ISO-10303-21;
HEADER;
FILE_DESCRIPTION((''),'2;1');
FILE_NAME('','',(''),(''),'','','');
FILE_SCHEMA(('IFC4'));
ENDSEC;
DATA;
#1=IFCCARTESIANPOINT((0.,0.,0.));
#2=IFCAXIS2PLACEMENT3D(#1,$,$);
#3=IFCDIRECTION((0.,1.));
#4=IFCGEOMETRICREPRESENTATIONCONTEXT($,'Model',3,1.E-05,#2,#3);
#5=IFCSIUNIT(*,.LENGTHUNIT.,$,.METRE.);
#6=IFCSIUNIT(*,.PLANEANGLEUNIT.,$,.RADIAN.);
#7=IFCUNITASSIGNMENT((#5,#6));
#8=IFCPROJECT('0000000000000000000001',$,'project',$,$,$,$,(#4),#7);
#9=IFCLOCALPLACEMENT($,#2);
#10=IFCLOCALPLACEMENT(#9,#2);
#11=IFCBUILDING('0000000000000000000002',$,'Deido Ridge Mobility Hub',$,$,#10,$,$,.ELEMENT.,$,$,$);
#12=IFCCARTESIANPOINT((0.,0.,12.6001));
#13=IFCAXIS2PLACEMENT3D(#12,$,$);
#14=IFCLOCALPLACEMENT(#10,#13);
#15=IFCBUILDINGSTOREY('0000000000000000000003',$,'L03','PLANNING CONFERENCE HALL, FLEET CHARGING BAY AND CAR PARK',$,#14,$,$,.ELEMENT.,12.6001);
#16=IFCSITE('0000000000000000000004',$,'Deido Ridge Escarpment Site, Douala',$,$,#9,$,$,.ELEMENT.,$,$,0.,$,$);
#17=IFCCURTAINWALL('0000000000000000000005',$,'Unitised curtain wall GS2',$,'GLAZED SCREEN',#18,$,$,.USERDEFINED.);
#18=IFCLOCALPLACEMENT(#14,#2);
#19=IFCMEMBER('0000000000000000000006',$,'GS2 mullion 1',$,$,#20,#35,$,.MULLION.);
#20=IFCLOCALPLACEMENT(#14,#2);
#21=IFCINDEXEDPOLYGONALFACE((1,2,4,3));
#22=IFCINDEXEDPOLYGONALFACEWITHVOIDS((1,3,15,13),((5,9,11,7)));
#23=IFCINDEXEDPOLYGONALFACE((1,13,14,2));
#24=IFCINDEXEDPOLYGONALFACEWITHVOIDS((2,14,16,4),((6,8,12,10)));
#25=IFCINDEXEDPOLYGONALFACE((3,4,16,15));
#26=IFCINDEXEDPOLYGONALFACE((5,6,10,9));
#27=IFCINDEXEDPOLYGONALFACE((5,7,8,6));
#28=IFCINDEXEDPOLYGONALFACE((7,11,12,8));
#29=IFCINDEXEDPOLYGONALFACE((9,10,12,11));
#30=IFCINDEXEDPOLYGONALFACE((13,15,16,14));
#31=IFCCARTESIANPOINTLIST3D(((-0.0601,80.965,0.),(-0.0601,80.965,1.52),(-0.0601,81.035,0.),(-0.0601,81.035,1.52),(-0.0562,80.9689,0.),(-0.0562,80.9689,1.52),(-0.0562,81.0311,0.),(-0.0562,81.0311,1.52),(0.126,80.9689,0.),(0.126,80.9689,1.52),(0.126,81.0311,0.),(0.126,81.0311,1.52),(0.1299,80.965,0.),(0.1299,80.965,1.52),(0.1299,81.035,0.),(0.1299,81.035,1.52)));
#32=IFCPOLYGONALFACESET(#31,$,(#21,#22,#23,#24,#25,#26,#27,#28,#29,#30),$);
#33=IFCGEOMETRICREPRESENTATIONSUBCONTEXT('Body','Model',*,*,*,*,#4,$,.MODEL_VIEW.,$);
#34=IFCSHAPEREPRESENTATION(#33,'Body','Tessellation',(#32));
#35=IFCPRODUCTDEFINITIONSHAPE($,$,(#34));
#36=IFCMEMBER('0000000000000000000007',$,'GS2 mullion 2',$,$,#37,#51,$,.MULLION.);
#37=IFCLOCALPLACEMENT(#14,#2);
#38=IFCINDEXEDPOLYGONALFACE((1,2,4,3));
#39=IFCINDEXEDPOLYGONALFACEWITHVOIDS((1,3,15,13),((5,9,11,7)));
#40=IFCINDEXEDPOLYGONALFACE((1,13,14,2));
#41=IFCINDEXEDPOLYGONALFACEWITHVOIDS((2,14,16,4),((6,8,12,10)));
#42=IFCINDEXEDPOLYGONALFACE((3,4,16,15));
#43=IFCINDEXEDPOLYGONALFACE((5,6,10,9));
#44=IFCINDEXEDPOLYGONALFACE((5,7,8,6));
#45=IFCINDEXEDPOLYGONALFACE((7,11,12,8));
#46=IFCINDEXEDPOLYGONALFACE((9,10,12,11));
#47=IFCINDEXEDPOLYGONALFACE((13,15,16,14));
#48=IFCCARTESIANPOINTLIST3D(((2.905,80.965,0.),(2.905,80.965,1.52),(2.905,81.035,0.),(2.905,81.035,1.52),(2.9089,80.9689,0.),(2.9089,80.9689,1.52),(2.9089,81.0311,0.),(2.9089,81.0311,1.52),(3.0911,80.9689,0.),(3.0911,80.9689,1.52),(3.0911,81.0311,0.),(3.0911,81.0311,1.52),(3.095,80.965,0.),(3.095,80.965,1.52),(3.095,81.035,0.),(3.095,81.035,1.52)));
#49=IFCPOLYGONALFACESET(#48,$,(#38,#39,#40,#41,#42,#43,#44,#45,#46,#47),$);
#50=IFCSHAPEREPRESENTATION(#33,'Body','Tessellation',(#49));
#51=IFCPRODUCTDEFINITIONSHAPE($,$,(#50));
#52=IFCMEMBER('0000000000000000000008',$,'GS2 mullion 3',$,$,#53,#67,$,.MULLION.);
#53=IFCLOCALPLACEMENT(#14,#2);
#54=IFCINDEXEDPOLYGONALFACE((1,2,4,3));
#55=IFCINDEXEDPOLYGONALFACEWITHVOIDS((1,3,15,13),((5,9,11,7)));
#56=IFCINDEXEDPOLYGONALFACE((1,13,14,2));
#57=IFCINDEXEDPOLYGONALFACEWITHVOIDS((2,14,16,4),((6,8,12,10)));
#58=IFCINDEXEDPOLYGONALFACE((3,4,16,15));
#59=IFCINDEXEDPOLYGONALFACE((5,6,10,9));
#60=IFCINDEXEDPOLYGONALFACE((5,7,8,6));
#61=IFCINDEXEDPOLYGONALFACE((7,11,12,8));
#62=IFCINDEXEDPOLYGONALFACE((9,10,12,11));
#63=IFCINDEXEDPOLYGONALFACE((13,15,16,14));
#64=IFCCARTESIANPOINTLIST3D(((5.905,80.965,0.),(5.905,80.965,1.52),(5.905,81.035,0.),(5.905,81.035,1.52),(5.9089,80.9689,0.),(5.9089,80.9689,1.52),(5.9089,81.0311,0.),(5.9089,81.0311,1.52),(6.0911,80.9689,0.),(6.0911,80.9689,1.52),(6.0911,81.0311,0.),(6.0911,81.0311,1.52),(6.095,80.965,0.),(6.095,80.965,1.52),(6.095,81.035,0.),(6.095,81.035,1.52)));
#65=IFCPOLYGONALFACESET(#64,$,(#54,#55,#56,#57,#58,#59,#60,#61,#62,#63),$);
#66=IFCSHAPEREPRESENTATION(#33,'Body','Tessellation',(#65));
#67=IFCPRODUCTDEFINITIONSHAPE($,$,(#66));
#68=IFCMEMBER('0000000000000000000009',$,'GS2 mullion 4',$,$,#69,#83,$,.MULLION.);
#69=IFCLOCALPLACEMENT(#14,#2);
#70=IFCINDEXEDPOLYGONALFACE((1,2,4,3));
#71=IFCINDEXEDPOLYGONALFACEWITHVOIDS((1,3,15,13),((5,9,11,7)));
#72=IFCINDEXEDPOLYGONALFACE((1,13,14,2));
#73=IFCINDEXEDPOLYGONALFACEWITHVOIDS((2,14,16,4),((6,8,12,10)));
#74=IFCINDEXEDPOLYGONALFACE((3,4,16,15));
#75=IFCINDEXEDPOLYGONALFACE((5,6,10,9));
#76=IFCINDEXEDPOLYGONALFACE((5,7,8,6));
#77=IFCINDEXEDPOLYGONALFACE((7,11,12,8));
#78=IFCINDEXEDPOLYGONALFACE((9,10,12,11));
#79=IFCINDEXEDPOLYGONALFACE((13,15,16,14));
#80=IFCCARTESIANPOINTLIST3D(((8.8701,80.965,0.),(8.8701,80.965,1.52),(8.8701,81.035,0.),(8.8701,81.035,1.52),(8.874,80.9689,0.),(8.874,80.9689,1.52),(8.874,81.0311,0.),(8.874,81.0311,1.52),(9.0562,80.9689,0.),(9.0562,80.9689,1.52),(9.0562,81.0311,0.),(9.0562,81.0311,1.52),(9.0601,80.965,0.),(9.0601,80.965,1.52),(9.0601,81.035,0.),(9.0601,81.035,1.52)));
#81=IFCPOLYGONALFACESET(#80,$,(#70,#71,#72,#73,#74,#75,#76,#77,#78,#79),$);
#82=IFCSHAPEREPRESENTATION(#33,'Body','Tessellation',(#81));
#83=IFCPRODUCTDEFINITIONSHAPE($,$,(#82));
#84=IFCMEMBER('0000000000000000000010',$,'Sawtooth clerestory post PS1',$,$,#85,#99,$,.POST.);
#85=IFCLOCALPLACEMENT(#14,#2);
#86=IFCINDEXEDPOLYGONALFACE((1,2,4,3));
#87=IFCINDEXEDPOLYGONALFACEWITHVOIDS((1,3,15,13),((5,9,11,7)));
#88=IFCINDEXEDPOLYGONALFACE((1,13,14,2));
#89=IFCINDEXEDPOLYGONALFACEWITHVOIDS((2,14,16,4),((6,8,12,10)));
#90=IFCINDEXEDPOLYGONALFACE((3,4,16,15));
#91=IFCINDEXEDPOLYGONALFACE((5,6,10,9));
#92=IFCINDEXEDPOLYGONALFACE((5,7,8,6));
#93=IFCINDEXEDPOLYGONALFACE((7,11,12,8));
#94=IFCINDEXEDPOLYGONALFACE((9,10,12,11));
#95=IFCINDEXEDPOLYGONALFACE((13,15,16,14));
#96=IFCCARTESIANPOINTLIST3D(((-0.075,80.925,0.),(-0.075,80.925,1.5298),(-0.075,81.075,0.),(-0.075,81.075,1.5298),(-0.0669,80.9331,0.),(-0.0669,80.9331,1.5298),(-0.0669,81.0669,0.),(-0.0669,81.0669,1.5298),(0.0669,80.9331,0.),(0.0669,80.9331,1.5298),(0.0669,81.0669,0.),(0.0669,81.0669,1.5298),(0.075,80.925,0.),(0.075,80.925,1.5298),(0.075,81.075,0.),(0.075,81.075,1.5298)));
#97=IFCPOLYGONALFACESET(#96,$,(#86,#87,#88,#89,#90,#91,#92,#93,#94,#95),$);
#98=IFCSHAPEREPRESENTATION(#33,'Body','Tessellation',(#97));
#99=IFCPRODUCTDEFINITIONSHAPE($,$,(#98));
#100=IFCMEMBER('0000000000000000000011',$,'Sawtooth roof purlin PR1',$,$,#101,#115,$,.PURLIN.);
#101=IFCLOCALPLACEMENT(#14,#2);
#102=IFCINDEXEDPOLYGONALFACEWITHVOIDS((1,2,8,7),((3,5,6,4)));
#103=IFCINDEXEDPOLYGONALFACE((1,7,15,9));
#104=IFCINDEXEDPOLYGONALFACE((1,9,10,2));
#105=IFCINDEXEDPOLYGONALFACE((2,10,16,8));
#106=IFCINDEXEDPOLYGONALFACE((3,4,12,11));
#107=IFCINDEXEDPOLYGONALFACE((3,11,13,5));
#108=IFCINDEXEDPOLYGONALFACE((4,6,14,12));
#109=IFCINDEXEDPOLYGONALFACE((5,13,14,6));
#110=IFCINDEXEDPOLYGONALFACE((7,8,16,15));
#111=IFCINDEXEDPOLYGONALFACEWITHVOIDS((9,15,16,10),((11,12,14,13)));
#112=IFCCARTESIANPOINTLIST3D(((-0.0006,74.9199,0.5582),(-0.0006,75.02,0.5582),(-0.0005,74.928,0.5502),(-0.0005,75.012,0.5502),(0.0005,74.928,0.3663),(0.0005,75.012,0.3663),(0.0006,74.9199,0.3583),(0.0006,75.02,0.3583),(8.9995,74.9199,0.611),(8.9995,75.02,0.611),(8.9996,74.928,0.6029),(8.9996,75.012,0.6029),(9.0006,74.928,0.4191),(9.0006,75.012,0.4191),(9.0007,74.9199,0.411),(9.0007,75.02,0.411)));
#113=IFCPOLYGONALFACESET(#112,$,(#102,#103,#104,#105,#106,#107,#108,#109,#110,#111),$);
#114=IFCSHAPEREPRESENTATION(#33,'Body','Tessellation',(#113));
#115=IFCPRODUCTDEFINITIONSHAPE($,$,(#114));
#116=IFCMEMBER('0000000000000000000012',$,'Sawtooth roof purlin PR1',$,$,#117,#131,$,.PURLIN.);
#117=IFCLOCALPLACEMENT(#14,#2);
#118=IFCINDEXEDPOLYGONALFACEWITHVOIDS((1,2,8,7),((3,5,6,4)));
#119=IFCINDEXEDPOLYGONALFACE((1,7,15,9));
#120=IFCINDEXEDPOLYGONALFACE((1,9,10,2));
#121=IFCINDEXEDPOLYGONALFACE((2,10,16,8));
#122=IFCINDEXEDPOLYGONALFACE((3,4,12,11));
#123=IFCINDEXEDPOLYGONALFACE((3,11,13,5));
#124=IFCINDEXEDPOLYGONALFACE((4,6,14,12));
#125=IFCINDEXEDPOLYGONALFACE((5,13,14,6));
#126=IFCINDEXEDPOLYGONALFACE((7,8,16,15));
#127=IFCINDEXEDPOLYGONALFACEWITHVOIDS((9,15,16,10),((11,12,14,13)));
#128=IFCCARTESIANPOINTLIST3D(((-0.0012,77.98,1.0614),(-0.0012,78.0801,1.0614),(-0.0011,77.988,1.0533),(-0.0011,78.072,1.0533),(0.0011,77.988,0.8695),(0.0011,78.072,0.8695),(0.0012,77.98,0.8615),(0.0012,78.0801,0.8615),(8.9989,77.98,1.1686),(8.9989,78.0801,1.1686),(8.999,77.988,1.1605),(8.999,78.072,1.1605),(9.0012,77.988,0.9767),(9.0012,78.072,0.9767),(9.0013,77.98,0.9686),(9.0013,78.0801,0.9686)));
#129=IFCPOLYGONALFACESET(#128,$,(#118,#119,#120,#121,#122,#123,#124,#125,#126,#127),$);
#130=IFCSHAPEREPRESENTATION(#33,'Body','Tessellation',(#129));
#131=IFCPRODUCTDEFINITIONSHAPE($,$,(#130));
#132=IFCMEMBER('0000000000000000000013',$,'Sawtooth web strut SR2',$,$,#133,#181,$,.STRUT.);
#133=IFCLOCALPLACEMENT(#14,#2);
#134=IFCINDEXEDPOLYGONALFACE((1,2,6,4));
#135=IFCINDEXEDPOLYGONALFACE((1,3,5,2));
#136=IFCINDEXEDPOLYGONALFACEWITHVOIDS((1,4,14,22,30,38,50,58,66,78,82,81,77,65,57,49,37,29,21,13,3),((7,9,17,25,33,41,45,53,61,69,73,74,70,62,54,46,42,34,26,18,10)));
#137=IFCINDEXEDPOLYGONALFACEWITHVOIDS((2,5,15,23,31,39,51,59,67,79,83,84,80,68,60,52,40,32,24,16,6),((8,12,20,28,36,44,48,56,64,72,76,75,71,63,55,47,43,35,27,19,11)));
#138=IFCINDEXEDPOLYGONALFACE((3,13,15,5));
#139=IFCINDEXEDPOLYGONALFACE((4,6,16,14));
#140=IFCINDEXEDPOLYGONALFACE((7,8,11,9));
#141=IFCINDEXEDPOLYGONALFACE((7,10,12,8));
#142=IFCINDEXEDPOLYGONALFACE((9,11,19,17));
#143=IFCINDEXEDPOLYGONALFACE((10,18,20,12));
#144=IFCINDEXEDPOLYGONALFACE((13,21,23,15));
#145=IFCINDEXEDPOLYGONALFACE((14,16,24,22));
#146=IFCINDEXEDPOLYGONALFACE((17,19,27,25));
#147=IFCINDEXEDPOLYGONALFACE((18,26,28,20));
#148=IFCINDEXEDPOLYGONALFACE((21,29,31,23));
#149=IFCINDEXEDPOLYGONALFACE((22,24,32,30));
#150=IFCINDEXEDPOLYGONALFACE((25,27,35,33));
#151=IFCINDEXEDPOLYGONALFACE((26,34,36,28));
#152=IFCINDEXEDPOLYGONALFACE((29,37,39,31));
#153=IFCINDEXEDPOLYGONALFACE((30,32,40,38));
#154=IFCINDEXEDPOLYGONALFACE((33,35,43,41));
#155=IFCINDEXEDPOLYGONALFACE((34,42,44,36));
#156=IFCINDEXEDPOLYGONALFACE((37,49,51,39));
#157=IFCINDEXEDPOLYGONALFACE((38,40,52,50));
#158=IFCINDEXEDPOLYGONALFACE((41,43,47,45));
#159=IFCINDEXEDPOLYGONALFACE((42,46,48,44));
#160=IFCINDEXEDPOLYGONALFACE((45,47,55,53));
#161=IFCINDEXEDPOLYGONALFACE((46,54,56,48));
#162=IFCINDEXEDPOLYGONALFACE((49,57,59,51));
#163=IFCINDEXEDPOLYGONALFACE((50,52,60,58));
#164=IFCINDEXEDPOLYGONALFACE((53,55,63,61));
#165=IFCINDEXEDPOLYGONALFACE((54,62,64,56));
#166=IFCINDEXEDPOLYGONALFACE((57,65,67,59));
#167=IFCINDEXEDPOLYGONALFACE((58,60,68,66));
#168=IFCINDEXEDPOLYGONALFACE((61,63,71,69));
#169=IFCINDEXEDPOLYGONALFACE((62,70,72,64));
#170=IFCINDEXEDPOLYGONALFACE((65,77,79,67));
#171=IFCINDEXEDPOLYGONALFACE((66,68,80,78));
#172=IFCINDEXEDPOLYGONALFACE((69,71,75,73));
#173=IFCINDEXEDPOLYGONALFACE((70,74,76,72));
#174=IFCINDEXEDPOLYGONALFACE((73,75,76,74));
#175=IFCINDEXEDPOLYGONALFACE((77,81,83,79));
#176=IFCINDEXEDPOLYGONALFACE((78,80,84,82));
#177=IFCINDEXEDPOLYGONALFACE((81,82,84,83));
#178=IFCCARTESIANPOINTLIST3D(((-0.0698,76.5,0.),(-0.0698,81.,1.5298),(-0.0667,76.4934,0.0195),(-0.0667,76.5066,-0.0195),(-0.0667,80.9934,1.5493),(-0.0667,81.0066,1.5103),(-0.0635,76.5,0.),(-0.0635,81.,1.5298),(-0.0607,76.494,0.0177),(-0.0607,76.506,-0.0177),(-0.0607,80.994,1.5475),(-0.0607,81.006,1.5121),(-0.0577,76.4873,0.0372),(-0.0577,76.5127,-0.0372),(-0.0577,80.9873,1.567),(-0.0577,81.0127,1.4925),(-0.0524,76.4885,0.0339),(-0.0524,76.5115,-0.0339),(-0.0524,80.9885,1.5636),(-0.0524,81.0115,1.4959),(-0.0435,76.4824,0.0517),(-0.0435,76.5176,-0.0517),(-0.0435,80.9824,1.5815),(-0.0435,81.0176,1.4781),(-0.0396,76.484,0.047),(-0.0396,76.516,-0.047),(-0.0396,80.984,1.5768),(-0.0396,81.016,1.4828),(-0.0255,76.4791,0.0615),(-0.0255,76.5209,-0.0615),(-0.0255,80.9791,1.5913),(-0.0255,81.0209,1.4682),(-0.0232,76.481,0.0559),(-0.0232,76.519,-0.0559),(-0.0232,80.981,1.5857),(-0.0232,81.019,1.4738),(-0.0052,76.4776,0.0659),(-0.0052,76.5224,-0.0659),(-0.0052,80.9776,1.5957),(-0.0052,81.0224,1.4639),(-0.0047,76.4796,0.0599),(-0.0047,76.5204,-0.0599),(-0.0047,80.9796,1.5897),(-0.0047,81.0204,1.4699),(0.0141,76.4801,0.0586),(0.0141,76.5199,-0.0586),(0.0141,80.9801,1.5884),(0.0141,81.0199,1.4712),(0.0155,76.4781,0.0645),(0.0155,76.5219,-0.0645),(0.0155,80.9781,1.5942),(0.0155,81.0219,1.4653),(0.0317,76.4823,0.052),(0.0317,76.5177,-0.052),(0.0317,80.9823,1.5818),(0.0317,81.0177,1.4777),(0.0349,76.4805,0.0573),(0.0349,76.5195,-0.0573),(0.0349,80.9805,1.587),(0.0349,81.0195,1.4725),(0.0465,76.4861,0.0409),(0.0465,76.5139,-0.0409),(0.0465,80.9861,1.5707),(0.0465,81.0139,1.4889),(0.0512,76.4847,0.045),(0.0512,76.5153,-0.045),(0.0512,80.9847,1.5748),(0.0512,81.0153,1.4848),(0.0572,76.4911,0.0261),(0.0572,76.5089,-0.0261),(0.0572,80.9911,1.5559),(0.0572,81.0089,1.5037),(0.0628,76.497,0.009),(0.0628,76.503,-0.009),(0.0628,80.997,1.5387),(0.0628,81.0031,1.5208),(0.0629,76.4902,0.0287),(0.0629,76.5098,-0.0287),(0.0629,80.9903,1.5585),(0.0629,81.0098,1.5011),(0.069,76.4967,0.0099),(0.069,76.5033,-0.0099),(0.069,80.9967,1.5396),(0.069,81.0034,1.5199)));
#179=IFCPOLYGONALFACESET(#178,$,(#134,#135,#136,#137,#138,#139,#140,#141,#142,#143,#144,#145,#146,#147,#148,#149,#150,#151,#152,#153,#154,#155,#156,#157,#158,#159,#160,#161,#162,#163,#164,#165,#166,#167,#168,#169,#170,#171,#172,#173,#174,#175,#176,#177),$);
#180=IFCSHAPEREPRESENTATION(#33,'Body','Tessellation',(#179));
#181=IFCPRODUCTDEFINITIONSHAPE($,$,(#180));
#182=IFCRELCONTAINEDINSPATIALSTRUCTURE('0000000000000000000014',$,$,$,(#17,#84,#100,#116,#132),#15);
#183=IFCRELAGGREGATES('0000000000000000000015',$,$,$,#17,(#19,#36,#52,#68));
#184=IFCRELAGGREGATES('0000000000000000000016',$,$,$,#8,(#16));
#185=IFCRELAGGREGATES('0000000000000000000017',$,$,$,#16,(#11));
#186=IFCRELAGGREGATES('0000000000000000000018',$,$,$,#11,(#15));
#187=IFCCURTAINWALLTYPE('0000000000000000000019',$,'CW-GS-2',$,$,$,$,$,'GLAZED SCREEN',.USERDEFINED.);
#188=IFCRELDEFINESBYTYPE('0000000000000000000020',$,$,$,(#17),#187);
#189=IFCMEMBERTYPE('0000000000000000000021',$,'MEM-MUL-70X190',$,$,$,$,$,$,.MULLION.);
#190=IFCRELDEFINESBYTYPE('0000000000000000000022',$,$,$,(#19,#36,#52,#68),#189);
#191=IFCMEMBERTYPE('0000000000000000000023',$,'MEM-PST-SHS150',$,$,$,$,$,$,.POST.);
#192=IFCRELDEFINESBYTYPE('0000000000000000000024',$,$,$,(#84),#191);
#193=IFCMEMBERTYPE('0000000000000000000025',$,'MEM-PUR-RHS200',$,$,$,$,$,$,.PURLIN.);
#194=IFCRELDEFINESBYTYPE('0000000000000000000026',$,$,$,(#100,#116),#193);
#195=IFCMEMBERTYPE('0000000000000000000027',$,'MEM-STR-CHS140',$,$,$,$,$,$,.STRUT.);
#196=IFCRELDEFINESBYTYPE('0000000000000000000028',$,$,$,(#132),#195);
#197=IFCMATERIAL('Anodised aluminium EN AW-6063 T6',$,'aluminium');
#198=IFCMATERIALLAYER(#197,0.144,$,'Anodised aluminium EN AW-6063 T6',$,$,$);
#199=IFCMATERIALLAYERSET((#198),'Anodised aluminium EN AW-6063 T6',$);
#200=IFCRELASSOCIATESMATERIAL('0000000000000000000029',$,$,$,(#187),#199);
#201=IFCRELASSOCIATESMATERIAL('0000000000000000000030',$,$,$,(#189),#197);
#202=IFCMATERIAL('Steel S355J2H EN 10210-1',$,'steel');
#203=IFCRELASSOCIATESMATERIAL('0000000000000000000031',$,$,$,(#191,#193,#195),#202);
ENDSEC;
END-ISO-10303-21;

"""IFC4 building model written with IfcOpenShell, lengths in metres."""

from ifc_helpers import new_model, si_unit, direction, frame, origin, origin_2d, place, context, subcontext, project, spatial, hollow_rectangle, hollow_circle, extrude, material, layer, layer_set, material_profile, profile_set, type_object, element, aggregate, save


model = new_model("IFC4")

# Units and contexts
model_context = context("Model", 3, precision=1e-05, world=origin(), true_north=direction((0.0, 1.0)))
body_context = subcontext(model_context, "Body", "Model", "MODEL_VIEW")
ifc_project = project(units=[si_unit("LENGTHUNIT", "METRE"), si_unit("PLANEANGLEUNIT", "RADIAN")], contexts=[model_context])

# Site, building, storey
site_placement = place(None, origin())
site = spatial("IfcSite", under=ifc_project, at=site_placement, Name="Deido Ridge Escarpment Site, Douala", CompositionType="ELEMENT", RefElevation=0.0)
building_placement = place(site_placement, origin())
building = spatial("IfcBuilding", under=site, at=building_placement, Name="Deido Ridge Mobility Hub", CompositionType="ELEMENT")
storey_placement = place(building_placement, frame((0.0, 0.0, 12.6001)))
storey = spatial("IfcBuildingStorey", under=building, at=storey_placement, Name="L03", Description="PLANNING CONFERENCE HALL, FLEET CHARGING BAY AND CAR PARK", CompositionType="ELEMENT", Elevation=12.6001)

# Curtain wall, members
ifc_material_1 = material(Name="Anodised aluminium EN AW-6063 T6", Category="aluminium")
ifc_layer_1 = layer(ifc_material_1, 0.144, Name="Anodised aluminium EN AW-6063 T6")
ifc_layer_set_1 = layer_set([ifc_layer_1], Name="Anodised aluminium EN AW-6063 T6")
curtain_wall_type = type_object("IfcCurtainWallType", Name="CW-GS-2", ElementType="GLAZED SCREEN", PredefinedType="USERDEFINED", material=ifc_layer_set_1)
curtain_wall_placement = place(storey_placement, origin())
curtain_wall = element("IfcCurtainWall", 1, at=curtain_wall_placement, inside=storey, type_object=curtain_wall_type, Name="Unitised curtain wall GS2", ObjectType="GLAZED SCREEN", PredefinedType="USERDEFINED")
ifc_material_profile_1 = material_profile(ifc_material_1, hollow_rectangle(XDim=0.0701, YDim=0.1899, WallThickness=0.0039, at=origin_2d()), Name="RHS 70x190x4")
ifc_profile_set_1 = profile_set([ifc_material_profile_1], Name="Anodised aluminium EN AW-6063 T6")
member_type_1 = type_object("IfcMemberType", Name="MEM-MUL-70X190", PredefinedType="MULLION", material=ifc_profile_set_1)
member_1_placement = place(storey_placement, frame((0.0349, 81.0, 0.0), z_axis=(0.0, 0.0, 1.0), x_axis=(0.0, 1.0, 0.0)))
member_1 = element("IfcMember", 2, at=member_1_placement, type_object=member_type_1, Name="GS2 mullion 1", PredefinedType="MULLION", context=body_context, shape_type="SweptSolid", body=[
    extrude(hollow_rectangle(XDim=0.0701, YDim=0.1899, WallThickness=0.0039, at=origin_2d()), origin(), (0.0, 0.0, 1.0), 1.52),
])
member_2_placement = place(storey_placement, frame((3.0, 81.0, 0.0), z_axis=(0.0, 0.0, 1.0), x_axis=(0.0, 1.0, 0.0)))
member_2 = element("IfcMember", 3, at=member_2_placement, type_object=member_type_1, Name="GS2 mullion 2", PredefinedType="MULLION", context=body_context, shape_type="SweptSolid", body=[
    extrude(hollow_rectangle(XDim=0.0701, YDim=0.1899, WallThickness=0.0039, at=origin_2d()), origin(), (0.0, 0.0, 1.0), 1.52),
])
member_3_placement = place(storey_placement, frame((6.0, 81.0, 0.0), z_axis=(0.0, 0.0, 1.0), x_axis=(0.0, 1.0, 0.0)))
member_3 = element("IfcMember", 4, at=member_3_placement, type_object=member_type_1, Name="GS2 mullion 3", PredefinedType="MULLION", context=body_context, shape_type="SweptSolid", body=[
    extrude(hollow_rectangle(XDim=0.0701, YDim=0.1899, WallThickness=0.0039, at=origin_2d()), origin(), (0.0, 0.0, 1.0), 1.52),
])
member_4_placement = place(storey_placement, frame((8.9651, 81.0, 0.0), z_axis=(0.0, 0.0, 1.0), x_axis=(0.0, 1.0, 0.0)))
member_4 = element("IfcMember", 5, at=member_4_placement, type_object=member_type_1, Name="GS2 mullion 4", PredefinedType="MULLION", context=body_context, shape_type="SweptSolid", body=[
    extrude(hollow_rectangle(XDim=0.0701, YDim=0.1899, WallThickness=0.0039, at=origin_2d()), origin(), (0.0, 0.0, 1.0), 1.52),
])

# Members
ifc_material_2 = material(Name="Steel S355J2H EN 10210-1", Category="steel")
ifc_material_profile_2 = material_profile(ifc_material_2, hollow_rectangle(XDim=0.1499, YDim=0.1499, WallThickness=0.0081, at=origin_2d()), Name="SHS 150x150x8")
ifc_profile_set_2 = profile_set([ifc_material_profile_2], Name="Steel S355J2H EN 10210-1")
member_type_2 = type_object("IfcMemberType", Name="MEM-PST-SHS150", PredefinedType="POST", material=ifc_profile_set_2)
member_5_placement = place(storey_placement, frame((0.0, 81.0, 0.0), z_axis=(0.0, 0.0, 1.0), x_axis=(1.0, 0.0, 0.0)))
element("IfcMember", 6, at=member_5_placement, inside=storey, type_object=member_type_2, Name="Sawtooth clerestory post PS1", PredefinedType="POST", context=body_context, shape_type="SweptSolid", body=[
    extrude(hollow_rectangle(XDim=0.1499, YDim=0.1499, WallThickness=0.0081, at=origin_2d()), origin(), (0.0, 0.0, 1.0), 1.5298),
])
ifc_material_profile_3 = material_profile(ifc_material_2, hollow_rectangle(XDim=0.1001, YDim=0.2, WallThickness=0.0081, at=origin_2d()), Name="RHS 200x100x8")
ifc_profile_set_3 = profile_set([ifc_material_profile_3], Name="Steel S355J2H EN 10210-1")
member_type_3 = type_object("IfcMemberType", Name="MEM-PUR-RHS200", PredefinedType="PURLIN", material=ifc_profile_set_3)
member_6_placement = place(storey_placement, frame((0.0, 74.97, 0.4583), z_axis=(0.999983, 0.0, 0.005859), x_axis=(0.0, 1.0, 0.0)))
element("IfcMember", 7, at=member_6_placement, inside=storey, type_object=member_type_3, Name="Sawtooth roof purlin PR1", PredefinedType="PURLIN", context=body_context, shape_type="SweptSolid", body=[
    extrude(hollow_rectangle(XDim=0.1001, YDim=0.2, WallThickness=0.0081, at=origin_2d()), origin(), (0.0, 0.0, 1.0), 9.0002),
])
member_7_placement = place(storey_placement, frame((0.0, 78.03, 0.9614), z_axis=(0.999929, 0.0, 0.011908), x_axis=(0.0, 1.0, 0.0)))
element("IfcMember", 8, at=member_7_placement, inside=storey, type_object=member_type_3, Name="Sawtooth roof purlin PR1", PredefinedType="PURLIN", context=body_context, shape_type="SweptSolid", body=[
    extrude(hollow_rectangle(XDim=0.1001, YDim=0.2, WallThickness=0.0081, at=origin_2d()), origin(), (0.0, 0.0, 1.0), 9.0007),
])
ifc_material_profile_4 = material_profile(ifc_material_2, hollow_circle(Radius=0.0698, WallThickness=0.0063, at=origin_2d()), Name="CHS 139.7x6.3")
ifc_profile_set_4 = profile_set([ifc_material_profile_4], Name="Steel S355J2H EN 10210-1")
member_type_4 = type_object("IfcMemberType", Name="MEM-STR-CHS140", PredefinedType="STRUT", material=ifc_profile_set_4)
member_8_placement = place(storey_placement, frame((0.0, 76.5, 0.0), z_axis=(0.0, 0.946787, 0.321862), x_axis=(-1.0, 0.0, 0.0)))
element("IfcMember", 9, at=member_8_placement, inside=storey, type_object=member_type_4, Name="Sawtooth web strut SR2", PredefinedType="STRUT", context=body_context, shape_type="SweptSolid", body=[
    extrude(hollow_circle(Radius=0.0698, WallThickness=0.0063, at=origin_2d()), origin(), (0.0, 0.0, 1.0), 4.7529),
])

aggregate(curtain_wall, [member_1, member_2, member_3, member_4])

save(model, "model.ifc")
